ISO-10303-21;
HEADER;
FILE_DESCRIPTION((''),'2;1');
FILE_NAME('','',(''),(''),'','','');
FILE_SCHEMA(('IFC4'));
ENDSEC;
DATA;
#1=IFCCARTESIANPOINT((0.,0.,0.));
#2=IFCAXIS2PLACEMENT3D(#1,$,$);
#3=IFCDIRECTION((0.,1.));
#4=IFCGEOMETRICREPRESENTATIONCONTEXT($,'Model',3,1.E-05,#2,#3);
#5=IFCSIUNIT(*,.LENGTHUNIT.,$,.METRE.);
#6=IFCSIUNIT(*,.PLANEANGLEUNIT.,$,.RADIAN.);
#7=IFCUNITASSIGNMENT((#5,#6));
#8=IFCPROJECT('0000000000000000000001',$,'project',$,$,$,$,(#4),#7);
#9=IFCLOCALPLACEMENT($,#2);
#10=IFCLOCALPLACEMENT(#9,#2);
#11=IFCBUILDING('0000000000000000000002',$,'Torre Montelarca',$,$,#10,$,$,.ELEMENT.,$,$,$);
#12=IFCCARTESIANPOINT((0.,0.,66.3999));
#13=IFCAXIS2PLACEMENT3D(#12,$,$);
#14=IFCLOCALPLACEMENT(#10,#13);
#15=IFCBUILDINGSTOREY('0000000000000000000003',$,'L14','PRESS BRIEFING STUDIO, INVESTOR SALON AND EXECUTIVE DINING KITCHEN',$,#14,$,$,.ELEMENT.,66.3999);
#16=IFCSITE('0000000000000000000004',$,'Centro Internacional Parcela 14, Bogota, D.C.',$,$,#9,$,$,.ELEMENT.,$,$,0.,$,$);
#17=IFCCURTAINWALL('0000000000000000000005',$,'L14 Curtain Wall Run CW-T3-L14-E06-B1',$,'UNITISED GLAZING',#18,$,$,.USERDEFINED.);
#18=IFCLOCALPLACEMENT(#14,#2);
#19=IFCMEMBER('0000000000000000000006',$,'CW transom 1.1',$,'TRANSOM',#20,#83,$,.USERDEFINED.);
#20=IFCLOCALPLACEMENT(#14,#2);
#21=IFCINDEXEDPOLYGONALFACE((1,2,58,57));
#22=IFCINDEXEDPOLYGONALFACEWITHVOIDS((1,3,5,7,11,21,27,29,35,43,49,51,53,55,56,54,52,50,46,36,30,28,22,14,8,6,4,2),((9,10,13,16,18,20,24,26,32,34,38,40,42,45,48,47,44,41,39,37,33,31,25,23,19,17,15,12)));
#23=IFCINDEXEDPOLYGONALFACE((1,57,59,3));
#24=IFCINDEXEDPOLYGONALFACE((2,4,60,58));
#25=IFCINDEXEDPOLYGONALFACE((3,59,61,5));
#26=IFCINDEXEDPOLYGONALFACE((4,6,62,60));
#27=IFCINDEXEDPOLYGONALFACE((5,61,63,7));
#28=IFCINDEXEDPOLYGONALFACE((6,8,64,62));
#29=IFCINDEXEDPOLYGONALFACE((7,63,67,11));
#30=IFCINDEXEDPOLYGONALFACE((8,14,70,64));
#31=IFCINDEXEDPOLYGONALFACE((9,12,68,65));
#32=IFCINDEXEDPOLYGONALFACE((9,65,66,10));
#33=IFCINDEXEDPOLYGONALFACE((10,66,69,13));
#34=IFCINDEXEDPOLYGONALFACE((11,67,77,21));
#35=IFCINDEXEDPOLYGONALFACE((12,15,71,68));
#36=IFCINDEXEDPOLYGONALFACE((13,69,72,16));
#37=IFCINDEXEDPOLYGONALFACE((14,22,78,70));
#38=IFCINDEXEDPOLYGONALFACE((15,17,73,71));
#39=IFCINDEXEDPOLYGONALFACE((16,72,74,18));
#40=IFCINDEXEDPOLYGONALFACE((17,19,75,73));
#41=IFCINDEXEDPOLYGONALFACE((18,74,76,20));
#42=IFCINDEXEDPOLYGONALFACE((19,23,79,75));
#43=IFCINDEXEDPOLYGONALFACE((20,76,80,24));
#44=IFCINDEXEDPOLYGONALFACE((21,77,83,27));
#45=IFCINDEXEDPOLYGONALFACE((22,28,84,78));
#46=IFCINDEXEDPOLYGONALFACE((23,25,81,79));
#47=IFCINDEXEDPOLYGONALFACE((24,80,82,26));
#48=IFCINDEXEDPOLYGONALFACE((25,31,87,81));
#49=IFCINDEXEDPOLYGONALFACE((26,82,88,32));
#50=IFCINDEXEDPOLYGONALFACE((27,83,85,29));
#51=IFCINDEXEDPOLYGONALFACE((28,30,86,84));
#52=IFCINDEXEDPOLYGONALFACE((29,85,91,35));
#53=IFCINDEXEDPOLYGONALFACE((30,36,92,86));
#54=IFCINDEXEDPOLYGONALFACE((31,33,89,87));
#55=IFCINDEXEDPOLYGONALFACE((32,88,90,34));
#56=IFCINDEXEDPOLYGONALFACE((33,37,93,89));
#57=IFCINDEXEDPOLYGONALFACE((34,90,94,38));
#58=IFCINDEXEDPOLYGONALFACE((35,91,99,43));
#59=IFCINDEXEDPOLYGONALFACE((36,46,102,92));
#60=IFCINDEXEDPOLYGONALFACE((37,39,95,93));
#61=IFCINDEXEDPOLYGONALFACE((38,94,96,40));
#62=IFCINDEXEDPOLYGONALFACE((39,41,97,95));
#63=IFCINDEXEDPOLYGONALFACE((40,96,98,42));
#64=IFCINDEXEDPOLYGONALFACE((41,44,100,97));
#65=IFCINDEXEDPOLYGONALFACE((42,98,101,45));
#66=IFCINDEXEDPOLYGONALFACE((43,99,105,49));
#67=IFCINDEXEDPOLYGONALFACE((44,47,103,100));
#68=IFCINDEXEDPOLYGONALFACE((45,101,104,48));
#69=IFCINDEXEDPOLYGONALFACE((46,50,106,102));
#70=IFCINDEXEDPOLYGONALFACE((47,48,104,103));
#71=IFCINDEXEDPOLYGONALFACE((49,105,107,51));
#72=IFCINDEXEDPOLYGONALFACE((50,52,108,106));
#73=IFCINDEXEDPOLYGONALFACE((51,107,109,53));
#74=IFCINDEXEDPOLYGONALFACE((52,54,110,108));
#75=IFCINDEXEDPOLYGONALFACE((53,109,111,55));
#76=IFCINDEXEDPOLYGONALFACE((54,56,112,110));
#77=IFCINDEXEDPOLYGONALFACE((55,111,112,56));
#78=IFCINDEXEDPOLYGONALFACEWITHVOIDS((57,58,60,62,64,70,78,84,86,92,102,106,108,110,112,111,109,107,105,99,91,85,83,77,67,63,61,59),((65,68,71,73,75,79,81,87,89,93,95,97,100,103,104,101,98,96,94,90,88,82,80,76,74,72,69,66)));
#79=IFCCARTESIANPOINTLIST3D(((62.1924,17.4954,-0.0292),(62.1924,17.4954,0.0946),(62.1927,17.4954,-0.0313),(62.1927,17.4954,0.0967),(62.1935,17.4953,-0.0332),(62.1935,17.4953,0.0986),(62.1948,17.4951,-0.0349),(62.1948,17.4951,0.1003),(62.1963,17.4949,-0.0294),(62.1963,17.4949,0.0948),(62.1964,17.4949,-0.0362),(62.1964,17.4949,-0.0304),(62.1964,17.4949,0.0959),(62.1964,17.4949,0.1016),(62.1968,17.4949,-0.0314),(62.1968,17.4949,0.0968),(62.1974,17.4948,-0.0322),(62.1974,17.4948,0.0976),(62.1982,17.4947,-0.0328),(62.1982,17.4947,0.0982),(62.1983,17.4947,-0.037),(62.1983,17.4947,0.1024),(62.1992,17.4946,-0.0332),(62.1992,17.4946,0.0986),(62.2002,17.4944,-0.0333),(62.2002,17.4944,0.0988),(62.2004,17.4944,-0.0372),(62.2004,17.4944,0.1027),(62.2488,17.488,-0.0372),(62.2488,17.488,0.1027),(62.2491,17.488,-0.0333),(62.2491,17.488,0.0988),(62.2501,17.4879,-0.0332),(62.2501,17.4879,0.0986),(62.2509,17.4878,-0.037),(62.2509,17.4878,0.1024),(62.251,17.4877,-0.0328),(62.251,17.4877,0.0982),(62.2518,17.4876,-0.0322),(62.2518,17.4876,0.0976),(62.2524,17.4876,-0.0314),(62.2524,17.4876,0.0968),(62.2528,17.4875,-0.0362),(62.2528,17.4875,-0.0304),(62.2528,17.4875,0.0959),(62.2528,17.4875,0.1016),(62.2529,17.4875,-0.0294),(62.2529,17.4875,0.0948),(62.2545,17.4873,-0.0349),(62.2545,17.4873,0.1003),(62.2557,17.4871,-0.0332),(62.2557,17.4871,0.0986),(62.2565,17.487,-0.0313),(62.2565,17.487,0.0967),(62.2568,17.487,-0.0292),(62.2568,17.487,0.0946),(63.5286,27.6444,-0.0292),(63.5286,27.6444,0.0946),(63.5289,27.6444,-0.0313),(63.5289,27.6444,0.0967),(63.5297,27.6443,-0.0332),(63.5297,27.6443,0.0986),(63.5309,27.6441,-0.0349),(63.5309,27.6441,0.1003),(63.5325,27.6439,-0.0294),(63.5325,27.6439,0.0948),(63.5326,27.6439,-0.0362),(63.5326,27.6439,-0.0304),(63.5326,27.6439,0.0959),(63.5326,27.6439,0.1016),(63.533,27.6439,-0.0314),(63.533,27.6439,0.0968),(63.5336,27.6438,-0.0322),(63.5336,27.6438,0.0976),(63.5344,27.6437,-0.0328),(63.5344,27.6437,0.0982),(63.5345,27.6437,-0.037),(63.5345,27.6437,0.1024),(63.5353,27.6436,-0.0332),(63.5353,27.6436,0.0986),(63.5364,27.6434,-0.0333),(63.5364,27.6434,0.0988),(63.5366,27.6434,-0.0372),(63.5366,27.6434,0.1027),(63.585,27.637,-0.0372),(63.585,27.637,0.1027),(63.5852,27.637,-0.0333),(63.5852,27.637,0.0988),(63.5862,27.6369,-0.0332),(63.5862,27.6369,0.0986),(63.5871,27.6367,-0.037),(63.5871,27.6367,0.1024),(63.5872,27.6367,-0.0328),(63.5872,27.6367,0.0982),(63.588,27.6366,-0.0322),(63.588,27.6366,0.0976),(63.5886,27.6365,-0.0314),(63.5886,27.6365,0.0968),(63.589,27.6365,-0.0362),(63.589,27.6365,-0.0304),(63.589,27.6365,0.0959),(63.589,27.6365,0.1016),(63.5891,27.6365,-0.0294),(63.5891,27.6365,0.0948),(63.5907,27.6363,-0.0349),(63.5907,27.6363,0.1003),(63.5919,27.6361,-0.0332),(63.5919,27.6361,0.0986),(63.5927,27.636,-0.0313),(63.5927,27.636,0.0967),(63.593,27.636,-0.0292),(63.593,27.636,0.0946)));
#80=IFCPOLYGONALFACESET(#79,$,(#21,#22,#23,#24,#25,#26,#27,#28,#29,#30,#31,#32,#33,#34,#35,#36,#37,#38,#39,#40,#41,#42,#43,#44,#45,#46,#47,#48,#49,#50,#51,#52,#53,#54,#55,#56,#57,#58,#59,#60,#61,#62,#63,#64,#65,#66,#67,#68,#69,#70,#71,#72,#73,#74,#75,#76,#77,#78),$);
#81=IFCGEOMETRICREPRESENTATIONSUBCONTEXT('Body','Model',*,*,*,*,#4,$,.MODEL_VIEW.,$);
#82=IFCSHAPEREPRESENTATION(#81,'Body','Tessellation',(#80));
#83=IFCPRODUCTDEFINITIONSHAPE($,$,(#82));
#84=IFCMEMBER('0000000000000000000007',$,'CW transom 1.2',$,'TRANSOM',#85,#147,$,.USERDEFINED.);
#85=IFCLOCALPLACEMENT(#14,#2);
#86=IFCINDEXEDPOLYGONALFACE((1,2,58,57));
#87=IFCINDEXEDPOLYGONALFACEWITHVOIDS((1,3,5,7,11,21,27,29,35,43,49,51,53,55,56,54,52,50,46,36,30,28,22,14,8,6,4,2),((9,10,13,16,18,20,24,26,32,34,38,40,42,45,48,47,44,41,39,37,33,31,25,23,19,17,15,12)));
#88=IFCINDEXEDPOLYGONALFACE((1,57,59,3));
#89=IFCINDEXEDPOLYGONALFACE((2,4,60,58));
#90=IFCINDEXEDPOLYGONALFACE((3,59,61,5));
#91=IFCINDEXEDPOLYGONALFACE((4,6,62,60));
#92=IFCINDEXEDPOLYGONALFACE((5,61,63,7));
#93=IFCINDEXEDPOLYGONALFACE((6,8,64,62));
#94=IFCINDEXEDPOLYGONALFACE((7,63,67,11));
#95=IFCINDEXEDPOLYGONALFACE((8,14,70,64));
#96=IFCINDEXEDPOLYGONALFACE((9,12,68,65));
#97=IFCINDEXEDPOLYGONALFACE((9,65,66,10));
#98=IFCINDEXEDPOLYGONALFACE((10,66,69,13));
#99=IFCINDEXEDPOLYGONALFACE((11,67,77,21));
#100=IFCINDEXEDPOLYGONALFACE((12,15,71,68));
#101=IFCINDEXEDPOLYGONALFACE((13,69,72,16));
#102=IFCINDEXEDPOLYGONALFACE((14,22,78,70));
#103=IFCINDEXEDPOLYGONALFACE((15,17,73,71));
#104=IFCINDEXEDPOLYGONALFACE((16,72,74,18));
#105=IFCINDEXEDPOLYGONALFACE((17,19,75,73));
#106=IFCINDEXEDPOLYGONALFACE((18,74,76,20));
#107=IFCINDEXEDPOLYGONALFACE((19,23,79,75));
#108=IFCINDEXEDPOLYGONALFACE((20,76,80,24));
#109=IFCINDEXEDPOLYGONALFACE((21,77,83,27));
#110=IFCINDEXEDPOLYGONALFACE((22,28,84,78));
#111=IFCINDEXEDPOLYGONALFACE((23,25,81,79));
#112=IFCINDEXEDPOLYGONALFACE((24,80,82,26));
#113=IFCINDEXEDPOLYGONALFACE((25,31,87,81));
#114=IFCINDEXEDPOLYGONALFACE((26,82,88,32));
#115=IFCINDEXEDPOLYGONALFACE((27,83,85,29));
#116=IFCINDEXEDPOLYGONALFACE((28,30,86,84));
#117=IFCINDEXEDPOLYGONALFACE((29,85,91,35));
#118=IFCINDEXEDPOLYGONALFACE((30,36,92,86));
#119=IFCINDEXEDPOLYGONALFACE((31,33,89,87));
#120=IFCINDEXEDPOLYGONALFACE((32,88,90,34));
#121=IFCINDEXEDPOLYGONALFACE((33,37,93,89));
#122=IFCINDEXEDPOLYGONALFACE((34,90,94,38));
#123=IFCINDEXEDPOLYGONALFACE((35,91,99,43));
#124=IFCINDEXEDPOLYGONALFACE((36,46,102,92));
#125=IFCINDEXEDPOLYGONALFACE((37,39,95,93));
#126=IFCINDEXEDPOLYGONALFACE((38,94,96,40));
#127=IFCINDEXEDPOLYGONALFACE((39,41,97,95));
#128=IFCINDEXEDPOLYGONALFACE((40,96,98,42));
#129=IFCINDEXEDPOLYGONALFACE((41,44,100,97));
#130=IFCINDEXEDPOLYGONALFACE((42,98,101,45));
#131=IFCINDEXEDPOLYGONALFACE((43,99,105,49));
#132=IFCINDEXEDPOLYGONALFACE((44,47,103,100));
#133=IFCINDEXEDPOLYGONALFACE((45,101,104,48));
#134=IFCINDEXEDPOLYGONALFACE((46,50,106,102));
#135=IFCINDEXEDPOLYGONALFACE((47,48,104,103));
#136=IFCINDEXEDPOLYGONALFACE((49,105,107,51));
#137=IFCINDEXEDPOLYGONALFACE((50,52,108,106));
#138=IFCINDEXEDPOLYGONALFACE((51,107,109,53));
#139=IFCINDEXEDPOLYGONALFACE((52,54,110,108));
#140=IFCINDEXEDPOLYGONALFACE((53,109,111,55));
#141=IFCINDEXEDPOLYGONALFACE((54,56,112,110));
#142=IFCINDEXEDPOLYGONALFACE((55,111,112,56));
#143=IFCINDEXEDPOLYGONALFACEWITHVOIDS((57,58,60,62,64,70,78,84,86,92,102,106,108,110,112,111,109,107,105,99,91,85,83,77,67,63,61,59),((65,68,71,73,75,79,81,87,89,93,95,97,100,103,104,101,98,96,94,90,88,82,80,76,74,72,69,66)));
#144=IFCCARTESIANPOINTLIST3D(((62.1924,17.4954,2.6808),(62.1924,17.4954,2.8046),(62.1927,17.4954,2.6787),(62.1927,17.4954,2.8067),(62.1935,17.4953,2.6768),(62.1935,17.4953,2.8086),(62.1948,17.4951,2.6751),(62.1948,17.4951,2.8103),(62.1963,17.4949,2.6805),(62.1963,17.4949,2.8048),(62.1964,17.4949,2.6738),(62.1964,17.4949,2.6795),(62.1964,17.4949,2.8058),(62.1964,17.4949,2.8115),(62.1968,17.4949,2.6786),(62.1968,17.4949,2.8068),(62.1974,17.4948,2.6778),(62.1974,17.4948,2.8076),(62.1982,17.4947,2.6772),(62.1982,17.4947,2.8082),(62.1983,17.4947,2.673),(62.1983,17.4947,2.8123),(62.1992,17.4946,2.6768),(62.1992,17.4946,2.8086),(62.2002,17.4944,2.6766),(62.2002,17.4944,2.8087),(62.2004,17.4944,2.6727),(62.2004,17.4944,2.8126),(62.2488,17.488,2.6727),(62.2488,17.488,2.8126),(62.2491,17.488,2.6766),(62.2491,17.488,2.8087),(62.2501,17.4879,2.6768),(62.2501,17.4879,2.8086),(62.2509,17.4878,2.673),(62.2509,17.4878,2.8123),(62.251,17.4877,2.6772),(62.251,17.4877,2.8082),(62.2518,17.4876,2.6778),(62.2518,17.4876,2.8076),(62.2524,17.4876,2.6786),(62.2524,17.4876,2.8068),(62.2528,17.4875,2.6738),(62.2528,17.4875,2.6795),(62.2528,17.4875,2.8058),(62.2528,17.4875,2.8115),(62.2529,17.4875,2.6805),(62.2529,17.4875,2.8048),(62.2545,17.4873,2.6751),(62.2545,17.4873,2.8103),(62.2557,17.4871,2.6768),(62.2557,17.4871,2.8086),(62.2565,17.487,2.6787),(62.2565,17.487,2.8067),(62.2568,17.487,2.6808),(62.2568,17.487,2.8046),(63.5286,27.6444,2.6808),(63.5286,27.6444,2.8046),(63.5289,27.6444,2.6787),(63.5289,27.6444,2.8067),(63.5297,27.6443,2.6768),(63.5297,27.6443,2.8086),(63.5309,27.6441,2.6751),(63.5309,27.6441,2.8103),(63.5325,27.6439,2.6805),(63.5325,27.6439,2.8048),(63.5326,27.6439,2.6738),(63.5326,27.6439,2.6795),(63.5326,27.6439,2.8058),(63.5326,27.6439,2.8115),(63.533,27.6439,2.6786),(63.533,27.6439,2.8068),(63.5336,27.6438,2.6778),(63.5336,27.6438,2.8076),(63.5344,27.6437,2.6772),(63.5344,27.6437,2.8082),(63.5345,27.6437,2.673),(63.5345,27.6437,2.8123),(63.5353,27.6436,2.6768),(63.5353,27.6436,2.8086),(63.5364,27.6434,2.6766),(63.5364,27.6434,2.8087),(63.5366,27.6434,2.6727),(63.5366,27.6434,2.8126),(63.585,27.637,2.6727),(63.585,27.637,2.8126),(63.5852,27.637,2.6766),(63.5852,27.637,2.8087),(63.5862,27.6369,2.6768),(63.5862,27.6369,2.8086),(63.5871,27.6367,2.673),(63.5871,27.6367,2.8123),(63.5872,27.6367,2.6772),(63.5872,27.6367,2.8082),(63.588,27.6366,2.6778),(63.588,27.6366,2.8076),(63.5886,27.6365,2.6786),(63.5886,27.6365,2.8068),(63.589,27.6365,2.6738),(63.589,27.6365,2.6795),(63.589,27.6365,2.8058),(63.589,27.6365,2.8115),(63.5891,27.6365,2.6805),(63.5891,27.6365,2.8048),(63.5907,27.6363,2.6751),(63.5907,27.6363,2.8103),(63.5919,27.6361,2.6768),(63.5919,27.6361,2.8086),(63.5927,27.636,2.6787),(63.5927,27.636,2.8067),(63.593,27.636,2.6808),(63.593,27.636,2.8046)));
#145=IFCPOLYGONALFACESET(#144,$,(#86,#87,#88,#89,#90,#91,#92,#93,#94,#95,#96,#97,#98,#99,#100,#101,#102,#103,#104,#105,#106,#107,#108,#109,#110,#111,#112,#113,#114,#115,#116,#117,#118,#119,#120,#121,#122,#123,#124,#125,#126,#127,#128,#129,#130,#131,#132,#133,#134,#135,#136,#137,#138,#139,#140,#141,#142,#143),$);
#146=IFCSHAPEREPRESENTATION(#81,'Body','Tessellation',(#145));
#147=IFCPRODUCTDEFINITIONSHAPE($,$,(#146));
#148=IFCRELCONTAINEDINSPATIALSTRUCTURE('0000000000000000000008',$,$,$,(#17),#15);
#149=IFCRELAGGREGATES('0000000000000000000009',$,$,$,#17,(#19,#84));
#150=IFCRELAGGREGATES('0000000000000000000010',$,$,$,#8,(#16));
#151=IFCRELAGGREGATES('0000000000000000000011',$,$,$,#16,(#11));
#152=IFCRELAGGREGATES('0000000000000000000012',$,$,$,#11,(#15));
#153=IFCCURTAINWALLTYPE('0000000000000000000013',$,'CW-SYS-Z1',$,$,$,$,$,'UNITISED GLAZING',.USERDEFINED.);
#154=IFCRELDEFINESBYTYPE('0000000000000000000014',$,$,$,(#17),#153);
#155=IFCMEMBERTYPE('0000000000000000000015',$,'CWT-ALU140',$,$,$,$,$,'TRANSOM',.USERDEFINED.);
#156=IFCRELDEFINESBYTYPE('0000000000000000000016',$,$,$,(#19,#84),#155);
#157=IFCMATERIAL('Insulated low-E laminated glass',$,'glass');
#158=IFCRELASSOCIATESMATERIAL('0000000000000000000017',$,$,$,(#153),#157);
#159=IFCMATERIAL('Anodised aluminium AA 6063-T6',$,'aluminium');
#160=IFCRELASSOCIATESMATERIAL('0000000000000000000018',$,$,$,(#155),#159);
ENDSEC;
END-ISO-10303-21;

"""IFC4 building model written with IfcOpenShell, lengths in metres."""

from ifc_helpers import new_model, si_unit, direction, frame, origin, origin_2d, place, context, subcontext, project, spatial, hollow_rectangle, extrude, source, transform, mapped, material, material_profile, profile_set, type_object, element, aggregate, save


model = new_model("IFC4")

# Units and contexts
model_context = context("Model", 3, precision=1e-05, world=origin(), true_north=direction((0.0, 1.0)))
body_context = subcontext(model_context, "Body", "Model", "MODEL_VIEW")
ifc_project = project(units=[si_unit("LENGTHUNIT", "METRE"), si_unit("PLANEANGLEUNIT", "RADIAN")], contexts=[model_context])

# Site, building, storey
site_placement = place(None, origin())
site = spatial("IfcSite", under=ifc_project, at=site_placement, Name="Centro Internacional Parcela 14, Bogota, D.C.", CompositionType="ELEMENT", RefElevation=0.0)
building_placement = place(site_placement, origin())
building = spatial("IfcBuilding", under=site, at=building_placement, Name="Torre Montelarca", CompositionType="ELEMENT")
storey_placement = place(building_placement, frame((0.0, 0.0, 66.3999)))
storey = spatial("IfcBuildingStorey", under=building, at=storey_placement, Name="L14", Description="PRESS BRIEFING STUDIO, INVESTOR SALON AND EXECUTIVE DINING KITCHEN", CompositionType="ELEMENT", Elevation=66.3999)

# Curtain wall, members
ifc_material_1 = material(Name="Insulated low-E laminated glass", Category="glass")
curtain_wall_type = type_object("IfcCurtainWallType", Name="CW-SYS-Z1", ElementType="UNITISED GLAZING", PredefinedType="USERDEFINED", material=ifc_material_1)
ifc_material_2 = material(Name="Anodised aluminium AA 6063-T6", Category="aluminium")
ifc_material_profile_1 = material_profile(ifc_material_2, hollow_rectangle(XDim=0.0649, YDim=0.1399, WallThickness=0.0039, InnerFilletRadius=0.0039, OuterFilletRadius=0.0081, at=origin_2d()), Name="ALU65X140X4", Category="aluminium")
ifc_profile_set_1 = profile_set([ifc_material_profile_1], Name="Anodised aluminium AA 6063-T6")
member_type_1 = type_object("IfcMemberType", Name="CWT-ALU140", ElementType="TRANSOM", PredefinedType="USERDEFINED", material=ifc_profile_set_1)
curtain_wall_1_placement = place(storey_placement, origin())
curtain_wall_1 = element("IfcCurtainWall", 1, at=curtain_wall_1_placement, inside=storey, type_object=curtain_wall_type, Name="L14 Curtain Wall Run CW-T3-L14-E06-B1", ObjectType="UNITISED GLAZING", PredefinedType="USERDEFINED")
shared_shape_1 = source(origin(), body_context, "Body", "SweptSolid", [
    extrude(hollow_rectangle(XDim=0.0649, YDim=0.1399, WallThickness=0.0039, InnerFilletRadius=0.0039, OuterFilletRadius=0.0081, at=origin_2d()), origin(), (0.0, 0.0, 1.0), 10.2366),
])
member_1_placement = place(storey_placement, frame((62.2246, 17.4912, 0.0327), z_axis=(0.130531, 0.991444, 0.0), x_axis=(-0.991444, 0.130531, 0.0)))
member_1 = element("IfcMember", 2, at=member_1_placement, type_object=member_type_1, Name="CW transom 1.1", ObjectType="TRANSOM", PredefinedType="USERDEFINED", context=body_context, shape_type="MappedRepresentation", body=[
    mapped(shared_shape_1, transform((0.0, 0.0, 0.0), scale=1.0)),
])
member_2_placement = place(storey_placement, frame((62.2246, 17.4912, 2.7427), z_axis=(0.130531, 0.991444, 0.0), x_axis=(-0.991444, 0.130531, 0.0)))
member_2 = element("IfcMember", 3, at=member_2_placement, type_object=member_type_1, Name="CW transom 1.2", ObjectType="TRANSOM", PredefinedType="USERDEFINED", context=body_context, shape_type="MappedRepresentation", body=[
    mapped(shared_shape_1, transform((0.0, 0.0, 0.0), scale=1.0)),
])

aggregate(curtain_wall_1, [member_1, member_2])

save(model, "model.ifc")
